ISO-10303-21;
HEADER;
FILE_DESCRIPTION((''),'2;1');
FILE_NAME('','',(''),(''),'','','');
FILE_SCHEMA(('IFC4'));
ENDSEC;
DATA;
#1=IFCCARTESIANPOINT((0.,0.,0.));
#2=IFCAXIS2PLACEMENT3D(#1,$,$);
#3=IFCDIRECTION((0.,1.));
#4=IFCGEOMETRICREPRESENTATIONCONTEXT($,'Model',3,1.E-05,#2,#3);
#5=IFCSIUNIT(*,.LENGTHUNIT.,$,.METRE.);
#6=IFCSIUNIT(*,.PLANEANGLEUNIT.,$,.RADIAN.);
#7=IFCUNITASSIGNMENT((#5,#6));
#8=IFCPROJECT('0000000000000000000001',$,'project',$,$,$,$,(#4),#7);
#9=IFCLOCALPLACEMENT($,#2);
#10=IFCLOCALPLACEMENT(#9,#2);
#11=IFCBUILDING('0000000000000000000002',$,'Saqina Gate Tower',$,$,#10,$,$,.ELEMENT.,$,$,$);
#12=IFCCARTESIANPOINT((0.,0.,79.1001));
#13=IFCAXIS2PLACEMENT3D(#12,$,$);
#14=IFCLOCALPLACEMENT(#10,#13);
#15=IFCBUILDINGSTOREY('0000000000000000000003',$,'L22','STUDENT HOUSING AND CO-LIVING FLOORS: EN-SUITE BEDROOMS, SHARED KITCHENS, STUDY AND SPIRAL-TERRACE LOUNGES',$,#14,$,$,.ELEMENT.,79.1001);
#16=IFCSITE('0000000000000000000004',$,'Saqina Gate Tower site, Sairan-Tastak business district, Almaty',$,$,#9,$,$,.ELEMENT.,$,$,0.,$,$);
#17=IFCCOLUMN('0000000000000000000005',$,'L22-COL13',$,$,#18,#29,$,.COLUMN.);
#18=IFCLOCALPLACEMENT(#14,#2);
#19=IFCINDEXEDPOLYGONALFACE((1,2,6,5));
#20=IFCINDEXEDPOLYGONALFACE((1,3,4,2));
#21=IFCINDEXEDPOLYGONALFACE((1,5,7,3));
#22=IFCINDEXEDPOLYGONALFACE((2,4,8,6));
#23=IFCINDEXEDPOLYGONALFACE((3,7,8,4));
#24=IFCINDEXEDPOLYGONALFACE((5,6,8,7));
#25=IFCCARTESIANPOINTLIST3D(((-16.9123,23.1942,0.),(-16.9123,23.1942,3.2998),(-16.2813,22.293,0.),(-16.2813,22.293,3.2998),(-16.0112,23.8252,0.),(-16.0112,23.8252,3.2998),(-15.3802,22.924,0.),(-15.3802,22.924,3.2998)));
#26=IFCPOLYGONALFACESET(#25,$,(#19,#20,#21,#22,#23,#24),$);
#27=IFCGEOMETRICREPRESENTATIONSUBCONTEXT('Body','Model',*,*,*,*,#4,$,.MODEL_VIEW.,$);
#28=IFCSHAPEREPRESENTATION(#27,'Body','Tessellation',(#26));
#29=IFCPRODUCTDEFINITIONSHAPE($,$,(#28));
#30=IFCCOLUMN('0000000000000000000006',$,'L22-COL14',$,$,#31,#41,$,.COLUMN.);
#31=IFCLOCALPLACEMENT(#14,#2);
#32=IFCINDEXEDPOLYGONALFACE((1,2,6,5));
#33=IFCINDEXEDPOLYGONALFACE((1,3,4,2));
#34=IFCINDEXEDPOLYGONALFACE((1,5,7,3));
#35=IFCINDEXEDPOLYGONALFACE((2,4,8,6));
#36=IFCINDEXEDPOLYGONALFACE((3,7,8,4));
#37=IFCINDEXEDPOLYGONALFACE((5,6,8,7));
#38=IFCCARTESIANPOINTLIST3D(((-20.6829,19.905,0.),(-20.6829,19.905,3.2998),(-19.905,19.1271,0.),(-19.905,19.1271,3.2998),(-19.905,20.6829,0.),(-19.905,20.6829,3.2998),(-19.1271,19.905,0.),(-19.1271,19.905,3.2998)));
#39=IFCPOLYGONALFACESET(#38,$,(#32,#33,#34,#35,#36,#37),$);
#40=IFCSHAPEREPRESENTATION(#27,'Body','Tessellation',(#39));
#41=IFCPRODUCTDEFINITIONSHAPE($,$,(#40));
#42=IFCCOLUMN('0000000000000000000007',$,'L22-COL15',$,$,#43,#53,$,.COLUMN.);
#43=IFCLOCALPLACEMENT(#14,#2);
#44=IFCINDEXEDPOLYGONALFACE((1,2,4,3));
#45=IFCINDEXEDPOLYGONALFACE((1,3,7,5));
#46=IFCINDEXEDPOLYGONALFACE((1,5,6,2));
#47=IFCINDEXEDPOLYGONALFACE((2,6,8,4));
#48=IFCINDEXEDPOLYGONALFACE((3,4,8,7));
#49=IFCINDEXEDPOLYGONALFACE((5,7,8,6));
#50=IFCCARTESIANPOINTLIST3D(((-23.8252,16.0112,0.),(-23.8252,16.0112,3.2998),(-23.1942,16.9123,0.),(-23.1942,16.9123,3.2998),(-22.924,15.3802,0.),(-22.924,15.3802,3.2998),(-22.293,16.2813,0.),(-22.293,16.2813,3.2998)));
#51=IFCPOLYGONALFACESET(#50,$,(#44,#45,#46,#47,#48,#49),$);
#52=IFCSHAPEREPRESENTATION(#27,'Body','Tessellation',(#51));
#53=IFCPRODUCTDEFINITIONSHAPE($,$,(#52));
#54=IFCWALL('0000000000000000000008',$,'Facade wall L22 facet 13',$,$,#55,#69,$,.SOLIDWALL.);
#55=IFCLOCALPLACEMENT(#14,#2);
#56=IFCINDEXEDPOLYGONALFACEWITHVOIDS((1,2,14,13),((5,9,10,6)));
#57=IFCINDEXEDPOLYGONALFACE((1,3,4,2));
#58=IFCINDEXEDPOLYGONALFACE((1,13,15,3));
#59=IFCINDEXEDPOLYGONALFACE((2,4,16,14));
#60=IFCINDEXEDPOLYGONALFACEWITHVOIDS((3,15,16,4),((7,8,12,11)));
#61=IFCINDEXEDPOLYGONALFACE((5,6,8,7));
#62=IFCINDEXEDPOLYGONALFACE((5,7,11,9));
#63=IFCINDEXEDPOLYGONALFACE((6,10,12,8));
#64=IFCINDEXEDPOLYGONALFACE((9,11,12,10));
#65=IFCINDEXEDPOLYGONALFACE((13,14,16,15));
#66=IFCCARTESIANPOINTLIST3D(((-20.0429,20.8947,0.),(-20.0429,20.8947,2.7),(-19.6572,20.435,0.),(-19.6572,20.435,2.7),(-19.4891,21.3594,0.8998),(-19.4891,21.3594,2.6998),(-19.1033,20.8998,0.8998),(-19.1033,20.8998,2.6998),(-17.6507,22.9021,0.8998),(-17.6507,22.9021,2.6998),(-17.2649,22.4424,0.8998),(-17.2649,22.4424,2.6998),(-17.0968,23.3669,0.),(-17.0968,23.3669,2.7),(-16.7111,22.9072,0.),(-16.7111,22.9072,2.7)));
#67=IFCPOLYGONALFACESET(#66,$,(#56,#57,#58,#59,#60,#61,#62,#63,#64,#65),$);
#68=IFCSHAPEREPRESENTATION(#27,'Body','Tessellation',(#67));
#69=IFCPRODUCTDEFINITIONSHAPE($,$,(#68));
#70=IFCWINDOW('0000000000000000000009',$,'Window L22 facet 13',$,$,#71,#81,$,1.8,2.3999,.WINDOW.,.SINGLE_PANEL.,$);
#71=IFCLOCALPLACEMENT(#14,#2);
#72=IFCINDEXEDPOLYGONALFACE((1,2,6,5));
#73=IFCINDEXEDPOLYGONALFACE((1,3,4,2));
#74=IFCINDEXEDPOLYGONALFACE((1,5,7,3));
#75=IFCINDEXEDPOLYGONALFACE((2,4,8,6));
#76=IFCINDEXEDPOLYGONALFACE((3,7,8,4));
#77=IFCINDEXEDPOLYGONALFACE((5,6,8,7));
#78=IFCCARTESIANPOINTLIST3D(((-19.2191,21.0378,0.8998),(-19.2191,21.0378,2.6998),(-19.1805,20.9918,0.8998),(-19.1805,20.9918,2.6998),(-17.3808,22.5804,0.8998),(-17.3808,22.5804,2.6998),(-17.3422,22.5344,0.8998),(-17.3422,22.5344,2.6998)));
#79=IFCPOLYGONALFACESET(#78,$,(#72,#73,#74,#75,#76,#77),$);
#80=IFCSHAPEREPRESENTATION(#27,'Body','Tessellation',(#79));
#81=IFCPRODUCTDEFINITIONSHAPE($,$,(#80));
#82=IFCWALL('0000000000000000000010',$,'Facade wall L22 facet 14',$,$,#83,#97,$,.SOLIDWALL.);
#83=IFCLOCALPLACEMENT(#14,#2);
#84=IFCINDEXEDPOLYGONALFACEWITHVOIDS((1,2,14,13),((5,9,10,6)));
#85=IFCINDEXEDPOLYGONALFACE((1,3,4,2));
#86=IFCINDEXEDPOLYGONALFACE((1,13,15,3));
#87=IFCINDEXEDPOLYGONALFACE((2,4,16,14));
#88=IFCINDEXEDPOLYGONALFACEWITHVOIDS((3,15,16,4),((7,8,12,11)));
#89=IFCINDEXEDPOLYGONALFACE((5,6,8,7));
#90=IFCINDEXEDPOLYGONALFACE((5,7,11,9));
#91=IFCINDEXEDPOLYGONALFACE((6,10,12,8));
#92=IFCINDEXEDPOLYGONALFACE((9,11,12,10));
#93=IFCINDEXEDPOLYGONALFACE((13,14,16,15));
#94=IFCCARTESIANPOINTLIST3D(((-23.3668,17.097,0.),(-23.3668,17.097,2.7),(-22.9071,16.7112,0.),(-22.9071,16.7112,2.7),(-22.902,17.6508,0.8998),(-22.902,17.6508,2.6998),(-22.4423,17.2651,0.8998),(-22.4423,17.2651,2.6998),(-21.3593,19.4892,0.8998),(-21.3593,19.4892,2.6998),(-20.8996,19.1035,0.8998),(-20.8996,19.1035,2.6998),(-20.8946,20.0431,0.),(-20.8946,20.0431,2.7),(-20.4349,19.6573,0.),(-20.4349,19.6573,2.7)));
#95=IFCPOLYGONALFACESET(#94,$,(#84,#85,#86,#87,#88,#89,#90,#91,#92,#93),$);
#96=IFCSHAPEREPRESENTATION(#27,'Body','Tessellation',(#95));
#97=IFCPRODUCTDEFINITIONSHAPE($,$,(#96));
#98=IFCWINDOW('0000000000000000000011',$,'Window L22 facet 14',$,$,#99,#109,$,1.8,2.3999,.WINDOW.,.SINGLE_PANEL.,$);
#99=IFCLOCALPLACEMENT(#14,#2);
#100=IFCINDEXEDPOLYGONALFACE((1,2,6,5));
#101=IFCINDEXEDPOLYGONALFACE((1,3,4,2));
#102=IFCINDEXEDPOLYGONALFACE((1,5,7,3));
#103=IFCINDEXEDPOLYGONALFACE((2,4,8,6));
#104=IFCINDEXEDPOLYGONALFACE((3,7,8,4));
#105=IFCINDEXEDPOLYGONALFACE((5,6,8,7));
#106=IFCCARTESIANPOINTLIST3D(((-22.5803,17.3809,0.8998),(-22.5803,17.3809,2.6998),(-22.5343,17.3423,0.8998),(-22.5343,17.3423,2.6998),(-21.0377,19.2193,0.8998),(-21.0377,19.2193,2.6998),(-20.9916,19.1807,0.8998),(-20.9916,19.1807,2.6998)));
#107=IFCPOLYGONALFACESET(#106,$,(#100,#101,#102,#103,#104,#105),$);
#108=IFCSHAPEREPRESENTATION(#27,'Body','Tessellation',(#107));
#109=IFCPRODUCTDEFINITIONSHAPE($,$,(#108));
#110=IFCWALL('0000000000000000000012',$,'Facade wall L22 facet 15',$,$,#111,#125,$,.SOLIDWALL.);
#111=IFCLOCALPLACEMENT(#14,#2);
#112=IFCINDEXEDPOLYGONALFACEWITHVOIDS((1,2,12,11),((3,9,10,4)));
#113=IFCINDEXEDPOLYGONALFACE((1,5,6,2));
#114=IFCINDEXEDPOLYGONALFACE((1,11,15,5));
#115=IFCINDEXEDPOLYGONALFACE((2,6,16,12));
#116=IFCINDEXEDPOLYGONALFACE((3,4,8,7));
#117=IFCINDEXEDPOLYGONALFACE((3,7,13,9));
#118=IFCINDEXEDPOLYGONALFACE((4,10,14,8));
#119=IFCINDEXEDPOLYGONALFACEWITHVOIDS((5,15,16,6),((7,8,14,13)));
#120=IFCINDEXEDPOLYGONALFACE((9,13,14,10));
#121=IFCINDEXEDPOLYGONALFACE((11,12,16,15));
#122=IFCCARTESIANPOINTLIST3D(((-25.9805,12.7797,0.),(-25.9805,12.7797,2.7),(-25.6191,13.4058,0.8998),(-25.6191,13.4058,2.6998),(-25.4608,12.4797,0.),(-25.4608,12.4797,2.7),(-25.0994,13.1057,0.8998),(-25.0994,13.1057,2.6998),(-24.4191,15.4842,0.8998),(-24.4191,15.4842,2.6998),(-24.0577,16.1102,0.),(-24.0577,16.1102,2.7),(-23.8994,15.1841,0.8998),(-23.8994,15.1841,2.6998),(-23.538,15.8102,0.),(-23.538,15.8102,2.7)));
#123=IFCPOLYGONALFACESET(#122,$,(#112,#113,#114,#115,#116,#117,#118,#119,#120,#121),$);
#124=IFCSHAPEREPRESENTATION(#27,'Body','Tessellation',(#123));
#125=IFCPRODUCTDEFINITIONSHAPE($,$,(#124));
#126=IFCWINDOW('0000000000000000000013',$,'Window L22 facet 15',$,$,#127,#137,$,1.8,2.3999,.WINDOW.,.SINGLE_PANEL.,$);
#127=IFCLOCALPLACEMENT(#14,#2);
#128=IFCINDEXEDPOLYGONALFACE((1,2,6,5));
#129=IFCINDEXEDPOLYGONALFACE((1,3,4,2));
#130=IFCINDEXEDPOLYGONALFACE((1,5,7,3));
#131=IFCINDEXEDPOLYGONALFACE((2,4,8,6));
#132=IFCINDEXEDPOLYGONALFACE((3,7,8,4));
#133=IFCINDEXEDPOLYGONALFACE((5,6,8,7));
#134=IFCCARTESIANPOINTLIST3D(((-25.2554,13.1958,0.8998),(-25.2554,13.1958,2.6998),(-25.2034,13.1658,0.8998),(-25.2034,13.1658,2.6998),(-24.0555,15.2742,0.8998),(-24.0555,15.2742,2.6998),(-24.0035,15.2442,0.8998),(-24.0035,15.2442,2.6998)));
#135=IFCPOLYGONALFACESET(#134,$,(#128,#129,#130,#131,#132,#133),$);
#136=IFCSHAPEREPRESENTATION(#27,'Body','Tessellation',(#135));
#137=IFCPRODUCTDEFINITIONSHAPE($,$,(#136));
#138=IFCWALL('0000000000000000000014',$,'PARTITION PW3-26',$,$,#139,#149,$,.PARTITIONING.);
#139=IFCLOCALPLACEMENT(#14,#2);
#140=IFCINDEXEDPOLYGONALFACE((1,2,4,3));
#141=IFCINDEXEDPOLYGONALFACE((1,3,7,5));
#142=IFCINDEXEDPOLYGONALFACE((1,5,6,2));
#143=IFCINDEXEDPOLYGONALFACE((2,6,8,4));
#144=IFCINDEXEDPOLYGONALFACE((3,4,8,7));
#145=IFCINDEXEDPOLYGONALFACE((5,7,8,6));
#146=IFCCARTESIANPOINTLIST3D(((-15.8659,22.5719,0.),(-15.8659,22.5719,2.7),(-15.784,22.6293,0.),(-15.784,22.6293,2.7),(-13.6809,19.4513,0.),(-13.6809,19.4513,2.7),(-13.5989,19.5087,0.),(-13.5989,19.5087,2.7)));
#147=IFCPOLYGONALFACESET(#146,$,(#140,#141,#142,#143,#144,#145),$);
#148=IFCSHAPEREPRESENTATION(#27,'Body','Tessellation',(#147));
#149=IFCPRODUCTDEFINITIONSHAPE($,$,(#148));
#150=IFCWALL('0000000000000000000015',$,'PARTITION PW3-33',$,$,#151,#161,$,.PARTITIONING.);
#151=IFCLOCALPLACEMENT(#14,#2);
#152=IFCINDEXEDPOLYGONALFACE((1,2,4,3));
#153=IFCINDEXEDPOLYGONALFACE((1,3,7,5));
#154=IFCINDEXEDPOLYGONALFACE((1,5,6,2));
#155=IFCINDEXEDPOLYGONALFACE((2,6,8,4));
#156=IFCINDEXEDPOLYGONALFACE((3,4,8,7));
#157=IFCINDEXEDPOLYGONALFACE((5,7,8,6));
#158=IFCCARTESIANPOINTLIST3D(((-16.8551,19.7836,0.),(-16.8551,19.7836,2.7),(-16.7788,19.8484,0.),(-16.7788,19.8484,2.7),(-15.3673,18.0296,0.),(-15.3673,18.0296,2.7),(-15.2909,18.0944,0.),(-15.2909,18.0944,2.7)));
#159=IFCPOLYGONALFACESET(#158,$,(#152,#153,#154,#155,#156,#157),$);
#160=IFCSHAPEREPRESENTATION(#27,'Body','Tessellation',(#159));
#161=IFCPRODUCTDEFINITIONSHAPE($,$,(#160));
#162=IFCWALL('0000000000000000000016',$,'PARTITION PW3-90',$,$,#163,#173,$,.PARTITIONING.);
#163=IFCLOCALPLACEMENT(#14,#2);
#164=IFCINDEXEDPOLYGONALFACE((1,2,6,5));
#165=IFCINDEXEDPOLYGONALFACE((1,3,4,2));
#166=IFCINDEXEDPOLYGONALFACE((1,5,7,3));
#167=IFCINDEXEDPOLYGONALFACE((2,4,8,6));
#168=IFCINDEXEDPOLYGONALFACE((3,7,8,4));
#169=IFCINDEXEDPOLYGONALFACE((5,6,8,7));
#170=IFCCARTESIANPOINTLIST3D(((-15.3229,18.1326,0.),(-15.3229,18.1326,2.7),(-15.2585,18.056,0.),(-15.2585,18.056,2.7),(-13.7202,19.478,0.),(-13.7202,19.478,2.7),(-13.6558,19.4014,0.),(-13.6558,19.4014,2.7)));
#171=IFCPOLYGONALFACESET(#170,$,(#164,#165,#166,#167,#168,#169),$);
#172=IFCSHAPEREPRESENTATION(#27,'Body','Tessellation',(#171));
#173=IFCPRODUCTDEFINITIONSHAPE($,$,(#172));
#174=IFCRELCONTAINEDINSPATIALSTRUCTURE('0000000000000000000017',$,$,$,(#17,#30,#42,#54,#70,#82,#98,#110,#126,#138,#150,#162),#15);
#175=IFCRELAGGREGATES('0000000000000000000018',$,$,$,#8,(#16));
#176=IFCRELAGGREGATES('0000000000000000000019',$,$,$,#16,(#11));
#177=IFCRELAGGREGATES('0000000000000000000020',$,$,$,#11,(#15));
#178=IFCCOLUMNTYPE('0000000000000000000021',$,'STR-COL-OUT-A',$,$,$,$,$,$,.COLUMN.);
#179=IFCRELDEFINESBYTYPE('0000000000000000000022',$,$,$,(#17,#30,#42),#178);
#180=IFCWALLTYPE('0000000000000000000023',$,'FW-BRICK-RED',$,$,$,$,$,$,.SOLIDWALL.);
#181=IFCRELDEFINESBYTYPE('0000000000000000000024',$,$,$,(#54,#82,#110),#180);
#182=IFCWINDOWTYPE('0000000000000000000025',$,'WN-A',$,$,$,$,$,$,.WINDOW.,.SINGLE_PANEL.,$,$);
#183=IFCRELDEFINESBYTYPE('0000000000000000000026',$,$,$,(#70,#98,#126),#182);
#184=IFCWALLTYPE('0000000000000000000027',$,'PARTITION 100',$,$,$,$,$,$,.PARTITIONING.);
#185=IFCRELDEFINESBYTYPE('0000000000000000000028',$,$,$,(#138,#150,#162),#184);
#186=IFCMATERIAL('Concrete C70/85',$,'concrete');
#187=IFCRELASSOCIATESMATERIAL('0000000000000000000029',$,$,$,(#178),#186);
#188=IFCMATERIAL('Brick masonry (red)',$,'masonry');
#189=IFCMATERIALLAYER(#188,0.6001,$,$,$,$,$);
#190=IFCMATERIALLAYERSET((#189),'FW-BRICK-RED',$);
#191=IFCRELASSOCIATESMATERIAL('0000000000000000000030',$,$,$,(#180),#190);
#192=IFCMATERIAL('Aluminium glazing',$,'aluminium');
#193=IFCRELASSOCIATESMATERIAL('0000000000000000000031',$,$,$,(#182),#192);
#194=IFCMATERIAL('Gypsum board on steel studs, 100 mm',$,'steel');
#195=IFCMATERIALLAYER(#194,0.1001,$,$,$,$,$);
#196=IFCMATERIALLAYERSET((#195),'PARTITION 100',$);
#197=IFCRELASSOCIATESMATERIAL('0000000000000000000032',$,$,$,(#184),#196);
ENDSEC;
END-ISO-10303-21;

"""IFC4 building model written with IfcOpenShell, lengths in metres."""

from ifc_helpers import new_model, si_unit, direction, frame, frame_2d, origin, origin_2d, place, context, subcontext, project, spatial, rectangle, extrude, material, layer, layer_set, material_profile, profile_set, type_object, element, fill, save


model = new_model("IFC4")

# Units and contexts
model_context = context("Model", 3, precision=1e-05, world=origin(), true_north=direction((0.0, 1.0)))
body_context = subcontext(model_context, "Body", "Model", "MODEL_VIEW")
ifc_project = project(units=[si_unit("LENGTHUNIT", "METRE"), si_unit("PLANEANGLEUNIT", "RADIAN")], contexts=[model_context])

# Site, building, storey
site_placement = place(None, origin())
site = spatial("IfcSite", under=ifc_project, at=site_placement, Name="Saqina Gate Tower site, Sairan-Tastak business district, Almaty", CompositionType="ELEMENT", RefElevation=0.0)
building_placement = place(site_placement, origin())
building = spatial("IfcBuilding", under=site, at=building_placement, Name="Saqina Gate Tower", CompositionType="ELEMENT")
storey_placement = place(building_placement, frame((0.0, 0.0, 79.1001)))
storey = spatial("IfcBuildingStorey", under=building, at=storey_placement, Name="L22", Description="STUDENT HOUSING AND CO-LIVING FLOORS: EN-SUITE BEDROOMS, SHARED KITCHENS, STUDY AND SPIRAL-TERRACE LOUNGES", CompositionType="ELEMENT", Elevation=79.1001)

# Columns
ifc_material_1 = material(Name="Concrete C70/85", Category="concrete")
ifc_material_profile = material_profile(ifc_material_1, rectangle(XDim=1.1001, YDim=1.1001, at=origin_2d()), Name="RC 1100x1100")
ifc_profile_set = profile_set([ifc_material_profile], Name="Concrete C70/85")
column_type = type_object("IfcColumnType", Name="STR-COL-OUT-A", PredefinedType="COLUMN", material=ifc_profile_set)
for number, where, z_axis, x_axis, name in (
    (1, (-16.1462, 23.0591, 0.0), (0.0, 0.0, 1.0), (-0.573576, 0.819152, 0.0), "L22-COL13"),
    (2, (-19.905, 19.905, 0.0), (0.0, 0.0, 1.0), (-0.707107, 0.707107, 0.0), "L22-COL14"),
    (3, (-23.0591, 16.1462, 0.0), (0.0, 0.0, 1.0), (-0.819152, 0.573576, 0.0), "L22-COL15"),
):
    element("IfcColumn", number, at=place(storey_placement, frame(where, z_axis=z_axis, x_axis=x_axis)), inside=storey, type_object=column_type, Name=name, PredefinedType="COLUMN", context=body_context, shape_type="SweptSolid", body=[
        extrude(rectangle(XDim=1.1001, YDim=1.1001, at=origin_2d()), origin(), (0.0, 0.0, 1.0), 3.2998),
    ])

# Walls, openings, windows
ifc_material_2 = material(Name="Brick masonry (red)", Category="masonry")
ifc_layer_1 = layer(ifc_material_2, 0.6001)
ifc_layer_set_1 = layer_set([ifc_layer_1], Name="FW-BRICK-RED")
wall_type_1 = type_object("IfcWallType", Name="FW-BRICK-RED", PredefinedType="SOLIDWALL", material=ifc_layer_set_1)
wall_1_placement = place(storey_placement, frame((-16.9041, 23.137, 0.0), z_axis=(0.0, 0.0, 1.0), x_axis=(-0.766026, -0.642809, 0.0)))
wall_1 = element("IfcWall", 4, at=wall_1_placement, inside=storey, type_object=wall_type_1, Name="Facade wall L22 facet 13", PredefinedType="SOLIDWALL", context=body_context, shape_type="SweptSolid", body=[
    extrude(rectangle(XDim=3.8459, YDim=0.6001, at=frame_2d((1.9229, 0.0))), origin(), (0.0, 0.0, 1.0), 2.7),
])
opening_1_placement = place(wall_1_placement, frame((0.7229, 0.0, 0.8999)))
opening_1 = element("IfcOpeningElement", 5, at=opening_1_placement, cuts=wall_1, PredefinedType="OPENING", context=body_context, shape_type="SweptSolid", body=[
    extrude(rectangle(XDim=2.3999, YDim=1.8, at=frame_2d((1.2, 0.8999))), frame((0.0, 0.312, 0.0), z_axis=(0.0, -1.0, 0.0), x_axis=(1.0, 0.0, 0.0)), (0.0, 0.0, 1.0), 0.624),
])
ifc_material_3 = material(Name="Aluminium glazing", Category="aluminium")
window_type = type_object("IfcWindowType", Name="WN-A", PartitioningType="SINGLE_PANEL", PredefinedType="WINDOW", material=ifc_material_3)
window_1_placement = place(opening_1_placement, origin())
window_1 = element("IfcWindow", 6, at=window_1_placement, inside=storey, type_object=window_type, Name="Window L22 facet 13", OverallHeight=1.8, OverallWidth=2.3999, PartitioningType="SINGLE_PANEL", PredefinedType="WINDOW", context=body_context, shape_type="SweptSolid", body=[
    extrude(rectangle(XDim=2.3999, YDim=1.8, at=frame_2d((1.2, 0.8999))), frame((0.0, 0.1799, 0.0), z_axis=(0.0, -1.0, 0.0), x_axis=(1.0, 0.0, 0.0)), (0.0, 0.0, 1.0), 0.0601),
])
fill(opening_1, window_1)
wall_2_placement = place(storey_placement, frame((-20.6648, 19.8501, 0.0), z_axis=(0.0, 0.0, 1.0), x_axis=(-0.642809, -0.766026, 0.0)))
wall_2 = element("IfcWall", 7, at=wall_2_placement, inside=storey, type_object=wall_type_1, Name="Facade wall L22 facet 14", PredefinedType="SOLIDWALL", context=body_context, shape_type="SweptSolid", body=[
    extrude(rectangle(XDim=3.8459, YDim=0.6001, at=frame_2d((1.9229, 0.0))), origin(), (0.0, 0.0, 1.0), 2.7),
])
opening_2_placement = place(wall_2_placement, frame((0.7229, 0.0, 0.8999)))
opening_2 = element("IfcOpeningElement", 8, at=opening_2_placement, cuts=wall_2, PredefinedType="OPENING", context=body_context, shape_type="SweptSolid", body=[
    extrude(rectangle(XDim=2.3999, YDim=1.8, at=frame_2d((1.2, 0.8999))), frame((0.0, 0.312, 0.0), z_axis=(0.0, -1.0, 0.0), x_axis=(1.0, 0.0, 0.0)), (0.0, 0.0, 1.0), 0.624),
])
window_2_placement = place(opening_2_placement, origin())
window_2 = element("IfcWindow", 9, at=window_2_placement, inside=storey, type_object=window_type, Name="Window L22 facet 14", OverallHeight=1.8, OverallWidth=2.3999, PartitioningType="SINGLE_PANEL", PredefinedType="WINDOW", context=body_context, shape_type="SweptSolid", body=[
    extrude(rectangle(XDim=2.3999, YDim=1.8, at=frame_2d((1.2, 0.8999))), frame((0.0, 0.1799, 0.0), z_axis=(0.0, -1.0, 0.0), x_axis=(1.0, 0.0, 0.0)), (0.0, 0.0, 1.0), 0.0601),
])
fill(opening_2, window_2)
wall_3_placement = place(storey_placement, frame((-23.7979, 15.9602, 0.0), z_axis=(0.0, 0.0, 1.0), x_axis=(-0.49999, -0.866031, 0.0)))
wall_3 = element("IfcWall", 10, at=wall_3_placement, inside=storey, type_object=wall_type_1, Name="Facade wall L22 facet 15", PredefinedType="SOLIDWALL", context=body_context, shape_type="SweptSolid", body=[
    extrude(rectangle(XDim=3.8457, YDim=0.6001, at=frame_2d((1.9229, 0.0))), origin(), (0.0, 0.0, 1.0), 2.7),
])
opening_3_placement = place(wall_3_placement, frame((0.7229, 0.0, 0.8999)))
opening_3 = element("IfcOpeningElement", 11, at=opening_3_placement, cuts=wall_3, PredefinedType="OPENING", context=body_context, shape_type="SweptSolid", body=[
    extrude(rectangle(XDim=2.3999, YDim=1.8, at=frame_2d((1.2, 0.8999))), frame((0.0, 0.312, 0.0), z_axis=(0.0, -1.0, 0.0), x_axis=(1.0, 0.0, 0.0)), (0.0, 0.0, 1.0), 0.624),
])
window_3_placement = place(opening_3_placement, origin())
window_3 = element("IfcWindow", 12, at=window_3_placement, inside=storey, type_object=window_type, Name="Window L22 facet 15", OverallHeight=1.8, OverallWidth=2.3999, PartitioningType="SINGLE_PANEL", PredefinedType="WINDOW", context=body_context, shape_type="SweptSolid", body=[
    extrude(rectangle(XDim=2.3999, YDim=1.8, at=frame_2d((1.2, 0.8999))), frame((0.0, 0.1799, 0.0), z_axis=(0.0, -1.0, 0.0), x_axis=(1.0, 0.0, 0.0)), (0.0, 0.0, 1.0), 0.0601),
])
fill(opening_3, window_3)

# Walls
ifc_material_4 = material(Name="Gypsum board on steel studs, 100 mm", Category="steel")
ifc_layer_2 = layer(ifc_material_4, 0.1001)
ifc_layer_set_2 = layer_set([ifc_layer_2], Name="PARTITION 100")
wall_type_2 = type_object("IfcWallType", Name="PARTITION 100", PredefinedType="PARTITIONING", material=ifc_layer_set_2)
wall_4_placement = place(storey_placement, frame((-15.825, 22.6006, 0.0), z_axis=(0.0, 0.0, 1.0), x_axis=(0.573574, -0.819154, 0.0)))
element("IfcWall", 13, at=wall_4_placement, inside=storey, type_object=wall_type_2, Name="PARTITION PW3-26", PredefinedType="PARTITIONING", context=body_context, shape_type="SweptSolid", body=[
    extrude(rectangle(XDim=3.8096, YDim=0.1001, at=frame_2d((1.9048, 0.0))), origin(), (0.0, 0.0, 1.0), 2.7),
])
wall_5_placement = place(storey_placement, frame((-16.8169, 19.8159, 0.0), z_axis=(0.0, 0.0, 1.0), x_axis=(0.646884, -0.762588, 0.0)))
element("IfcWall", 14, at=wall_5_placement, inside=storey, type_object=wall_type_2, Name="PARTITION PW3-33", PredefinedType="PARTITIONING", context=body_context, shape_type="SweptSolid", body=[
    extrude(rectangle(XDim=2.3, YDim=0.1001, at=frame_2d((1.1499, 0.0))), origin(), (0.0, 0.0, 1.0), 2.7),
])
wall_6_placement = place(storey_placement, frame((-15.2908, 18.0942, 0.0), z_axis=(0.0, 0.0, 1.0), x_axis=(0.765912, 0.642946, 0.0)))
element("IfcWall", 15, at=wall_6_placement, inside=storey, type_object=wall_type_2, Name="PARTITION PW3-90", PredefinedType="PARTITIONING", context=body_context, shape_type="SweptSolid", body=[
    extrude(rectangle(XDim=2.0925, YDim=0.1001, at=frame_2d((1.0464, 0.0))), origin(), (0.0, 0.0, 1.0), 2.7),
])

save(model, "model.ifc")
